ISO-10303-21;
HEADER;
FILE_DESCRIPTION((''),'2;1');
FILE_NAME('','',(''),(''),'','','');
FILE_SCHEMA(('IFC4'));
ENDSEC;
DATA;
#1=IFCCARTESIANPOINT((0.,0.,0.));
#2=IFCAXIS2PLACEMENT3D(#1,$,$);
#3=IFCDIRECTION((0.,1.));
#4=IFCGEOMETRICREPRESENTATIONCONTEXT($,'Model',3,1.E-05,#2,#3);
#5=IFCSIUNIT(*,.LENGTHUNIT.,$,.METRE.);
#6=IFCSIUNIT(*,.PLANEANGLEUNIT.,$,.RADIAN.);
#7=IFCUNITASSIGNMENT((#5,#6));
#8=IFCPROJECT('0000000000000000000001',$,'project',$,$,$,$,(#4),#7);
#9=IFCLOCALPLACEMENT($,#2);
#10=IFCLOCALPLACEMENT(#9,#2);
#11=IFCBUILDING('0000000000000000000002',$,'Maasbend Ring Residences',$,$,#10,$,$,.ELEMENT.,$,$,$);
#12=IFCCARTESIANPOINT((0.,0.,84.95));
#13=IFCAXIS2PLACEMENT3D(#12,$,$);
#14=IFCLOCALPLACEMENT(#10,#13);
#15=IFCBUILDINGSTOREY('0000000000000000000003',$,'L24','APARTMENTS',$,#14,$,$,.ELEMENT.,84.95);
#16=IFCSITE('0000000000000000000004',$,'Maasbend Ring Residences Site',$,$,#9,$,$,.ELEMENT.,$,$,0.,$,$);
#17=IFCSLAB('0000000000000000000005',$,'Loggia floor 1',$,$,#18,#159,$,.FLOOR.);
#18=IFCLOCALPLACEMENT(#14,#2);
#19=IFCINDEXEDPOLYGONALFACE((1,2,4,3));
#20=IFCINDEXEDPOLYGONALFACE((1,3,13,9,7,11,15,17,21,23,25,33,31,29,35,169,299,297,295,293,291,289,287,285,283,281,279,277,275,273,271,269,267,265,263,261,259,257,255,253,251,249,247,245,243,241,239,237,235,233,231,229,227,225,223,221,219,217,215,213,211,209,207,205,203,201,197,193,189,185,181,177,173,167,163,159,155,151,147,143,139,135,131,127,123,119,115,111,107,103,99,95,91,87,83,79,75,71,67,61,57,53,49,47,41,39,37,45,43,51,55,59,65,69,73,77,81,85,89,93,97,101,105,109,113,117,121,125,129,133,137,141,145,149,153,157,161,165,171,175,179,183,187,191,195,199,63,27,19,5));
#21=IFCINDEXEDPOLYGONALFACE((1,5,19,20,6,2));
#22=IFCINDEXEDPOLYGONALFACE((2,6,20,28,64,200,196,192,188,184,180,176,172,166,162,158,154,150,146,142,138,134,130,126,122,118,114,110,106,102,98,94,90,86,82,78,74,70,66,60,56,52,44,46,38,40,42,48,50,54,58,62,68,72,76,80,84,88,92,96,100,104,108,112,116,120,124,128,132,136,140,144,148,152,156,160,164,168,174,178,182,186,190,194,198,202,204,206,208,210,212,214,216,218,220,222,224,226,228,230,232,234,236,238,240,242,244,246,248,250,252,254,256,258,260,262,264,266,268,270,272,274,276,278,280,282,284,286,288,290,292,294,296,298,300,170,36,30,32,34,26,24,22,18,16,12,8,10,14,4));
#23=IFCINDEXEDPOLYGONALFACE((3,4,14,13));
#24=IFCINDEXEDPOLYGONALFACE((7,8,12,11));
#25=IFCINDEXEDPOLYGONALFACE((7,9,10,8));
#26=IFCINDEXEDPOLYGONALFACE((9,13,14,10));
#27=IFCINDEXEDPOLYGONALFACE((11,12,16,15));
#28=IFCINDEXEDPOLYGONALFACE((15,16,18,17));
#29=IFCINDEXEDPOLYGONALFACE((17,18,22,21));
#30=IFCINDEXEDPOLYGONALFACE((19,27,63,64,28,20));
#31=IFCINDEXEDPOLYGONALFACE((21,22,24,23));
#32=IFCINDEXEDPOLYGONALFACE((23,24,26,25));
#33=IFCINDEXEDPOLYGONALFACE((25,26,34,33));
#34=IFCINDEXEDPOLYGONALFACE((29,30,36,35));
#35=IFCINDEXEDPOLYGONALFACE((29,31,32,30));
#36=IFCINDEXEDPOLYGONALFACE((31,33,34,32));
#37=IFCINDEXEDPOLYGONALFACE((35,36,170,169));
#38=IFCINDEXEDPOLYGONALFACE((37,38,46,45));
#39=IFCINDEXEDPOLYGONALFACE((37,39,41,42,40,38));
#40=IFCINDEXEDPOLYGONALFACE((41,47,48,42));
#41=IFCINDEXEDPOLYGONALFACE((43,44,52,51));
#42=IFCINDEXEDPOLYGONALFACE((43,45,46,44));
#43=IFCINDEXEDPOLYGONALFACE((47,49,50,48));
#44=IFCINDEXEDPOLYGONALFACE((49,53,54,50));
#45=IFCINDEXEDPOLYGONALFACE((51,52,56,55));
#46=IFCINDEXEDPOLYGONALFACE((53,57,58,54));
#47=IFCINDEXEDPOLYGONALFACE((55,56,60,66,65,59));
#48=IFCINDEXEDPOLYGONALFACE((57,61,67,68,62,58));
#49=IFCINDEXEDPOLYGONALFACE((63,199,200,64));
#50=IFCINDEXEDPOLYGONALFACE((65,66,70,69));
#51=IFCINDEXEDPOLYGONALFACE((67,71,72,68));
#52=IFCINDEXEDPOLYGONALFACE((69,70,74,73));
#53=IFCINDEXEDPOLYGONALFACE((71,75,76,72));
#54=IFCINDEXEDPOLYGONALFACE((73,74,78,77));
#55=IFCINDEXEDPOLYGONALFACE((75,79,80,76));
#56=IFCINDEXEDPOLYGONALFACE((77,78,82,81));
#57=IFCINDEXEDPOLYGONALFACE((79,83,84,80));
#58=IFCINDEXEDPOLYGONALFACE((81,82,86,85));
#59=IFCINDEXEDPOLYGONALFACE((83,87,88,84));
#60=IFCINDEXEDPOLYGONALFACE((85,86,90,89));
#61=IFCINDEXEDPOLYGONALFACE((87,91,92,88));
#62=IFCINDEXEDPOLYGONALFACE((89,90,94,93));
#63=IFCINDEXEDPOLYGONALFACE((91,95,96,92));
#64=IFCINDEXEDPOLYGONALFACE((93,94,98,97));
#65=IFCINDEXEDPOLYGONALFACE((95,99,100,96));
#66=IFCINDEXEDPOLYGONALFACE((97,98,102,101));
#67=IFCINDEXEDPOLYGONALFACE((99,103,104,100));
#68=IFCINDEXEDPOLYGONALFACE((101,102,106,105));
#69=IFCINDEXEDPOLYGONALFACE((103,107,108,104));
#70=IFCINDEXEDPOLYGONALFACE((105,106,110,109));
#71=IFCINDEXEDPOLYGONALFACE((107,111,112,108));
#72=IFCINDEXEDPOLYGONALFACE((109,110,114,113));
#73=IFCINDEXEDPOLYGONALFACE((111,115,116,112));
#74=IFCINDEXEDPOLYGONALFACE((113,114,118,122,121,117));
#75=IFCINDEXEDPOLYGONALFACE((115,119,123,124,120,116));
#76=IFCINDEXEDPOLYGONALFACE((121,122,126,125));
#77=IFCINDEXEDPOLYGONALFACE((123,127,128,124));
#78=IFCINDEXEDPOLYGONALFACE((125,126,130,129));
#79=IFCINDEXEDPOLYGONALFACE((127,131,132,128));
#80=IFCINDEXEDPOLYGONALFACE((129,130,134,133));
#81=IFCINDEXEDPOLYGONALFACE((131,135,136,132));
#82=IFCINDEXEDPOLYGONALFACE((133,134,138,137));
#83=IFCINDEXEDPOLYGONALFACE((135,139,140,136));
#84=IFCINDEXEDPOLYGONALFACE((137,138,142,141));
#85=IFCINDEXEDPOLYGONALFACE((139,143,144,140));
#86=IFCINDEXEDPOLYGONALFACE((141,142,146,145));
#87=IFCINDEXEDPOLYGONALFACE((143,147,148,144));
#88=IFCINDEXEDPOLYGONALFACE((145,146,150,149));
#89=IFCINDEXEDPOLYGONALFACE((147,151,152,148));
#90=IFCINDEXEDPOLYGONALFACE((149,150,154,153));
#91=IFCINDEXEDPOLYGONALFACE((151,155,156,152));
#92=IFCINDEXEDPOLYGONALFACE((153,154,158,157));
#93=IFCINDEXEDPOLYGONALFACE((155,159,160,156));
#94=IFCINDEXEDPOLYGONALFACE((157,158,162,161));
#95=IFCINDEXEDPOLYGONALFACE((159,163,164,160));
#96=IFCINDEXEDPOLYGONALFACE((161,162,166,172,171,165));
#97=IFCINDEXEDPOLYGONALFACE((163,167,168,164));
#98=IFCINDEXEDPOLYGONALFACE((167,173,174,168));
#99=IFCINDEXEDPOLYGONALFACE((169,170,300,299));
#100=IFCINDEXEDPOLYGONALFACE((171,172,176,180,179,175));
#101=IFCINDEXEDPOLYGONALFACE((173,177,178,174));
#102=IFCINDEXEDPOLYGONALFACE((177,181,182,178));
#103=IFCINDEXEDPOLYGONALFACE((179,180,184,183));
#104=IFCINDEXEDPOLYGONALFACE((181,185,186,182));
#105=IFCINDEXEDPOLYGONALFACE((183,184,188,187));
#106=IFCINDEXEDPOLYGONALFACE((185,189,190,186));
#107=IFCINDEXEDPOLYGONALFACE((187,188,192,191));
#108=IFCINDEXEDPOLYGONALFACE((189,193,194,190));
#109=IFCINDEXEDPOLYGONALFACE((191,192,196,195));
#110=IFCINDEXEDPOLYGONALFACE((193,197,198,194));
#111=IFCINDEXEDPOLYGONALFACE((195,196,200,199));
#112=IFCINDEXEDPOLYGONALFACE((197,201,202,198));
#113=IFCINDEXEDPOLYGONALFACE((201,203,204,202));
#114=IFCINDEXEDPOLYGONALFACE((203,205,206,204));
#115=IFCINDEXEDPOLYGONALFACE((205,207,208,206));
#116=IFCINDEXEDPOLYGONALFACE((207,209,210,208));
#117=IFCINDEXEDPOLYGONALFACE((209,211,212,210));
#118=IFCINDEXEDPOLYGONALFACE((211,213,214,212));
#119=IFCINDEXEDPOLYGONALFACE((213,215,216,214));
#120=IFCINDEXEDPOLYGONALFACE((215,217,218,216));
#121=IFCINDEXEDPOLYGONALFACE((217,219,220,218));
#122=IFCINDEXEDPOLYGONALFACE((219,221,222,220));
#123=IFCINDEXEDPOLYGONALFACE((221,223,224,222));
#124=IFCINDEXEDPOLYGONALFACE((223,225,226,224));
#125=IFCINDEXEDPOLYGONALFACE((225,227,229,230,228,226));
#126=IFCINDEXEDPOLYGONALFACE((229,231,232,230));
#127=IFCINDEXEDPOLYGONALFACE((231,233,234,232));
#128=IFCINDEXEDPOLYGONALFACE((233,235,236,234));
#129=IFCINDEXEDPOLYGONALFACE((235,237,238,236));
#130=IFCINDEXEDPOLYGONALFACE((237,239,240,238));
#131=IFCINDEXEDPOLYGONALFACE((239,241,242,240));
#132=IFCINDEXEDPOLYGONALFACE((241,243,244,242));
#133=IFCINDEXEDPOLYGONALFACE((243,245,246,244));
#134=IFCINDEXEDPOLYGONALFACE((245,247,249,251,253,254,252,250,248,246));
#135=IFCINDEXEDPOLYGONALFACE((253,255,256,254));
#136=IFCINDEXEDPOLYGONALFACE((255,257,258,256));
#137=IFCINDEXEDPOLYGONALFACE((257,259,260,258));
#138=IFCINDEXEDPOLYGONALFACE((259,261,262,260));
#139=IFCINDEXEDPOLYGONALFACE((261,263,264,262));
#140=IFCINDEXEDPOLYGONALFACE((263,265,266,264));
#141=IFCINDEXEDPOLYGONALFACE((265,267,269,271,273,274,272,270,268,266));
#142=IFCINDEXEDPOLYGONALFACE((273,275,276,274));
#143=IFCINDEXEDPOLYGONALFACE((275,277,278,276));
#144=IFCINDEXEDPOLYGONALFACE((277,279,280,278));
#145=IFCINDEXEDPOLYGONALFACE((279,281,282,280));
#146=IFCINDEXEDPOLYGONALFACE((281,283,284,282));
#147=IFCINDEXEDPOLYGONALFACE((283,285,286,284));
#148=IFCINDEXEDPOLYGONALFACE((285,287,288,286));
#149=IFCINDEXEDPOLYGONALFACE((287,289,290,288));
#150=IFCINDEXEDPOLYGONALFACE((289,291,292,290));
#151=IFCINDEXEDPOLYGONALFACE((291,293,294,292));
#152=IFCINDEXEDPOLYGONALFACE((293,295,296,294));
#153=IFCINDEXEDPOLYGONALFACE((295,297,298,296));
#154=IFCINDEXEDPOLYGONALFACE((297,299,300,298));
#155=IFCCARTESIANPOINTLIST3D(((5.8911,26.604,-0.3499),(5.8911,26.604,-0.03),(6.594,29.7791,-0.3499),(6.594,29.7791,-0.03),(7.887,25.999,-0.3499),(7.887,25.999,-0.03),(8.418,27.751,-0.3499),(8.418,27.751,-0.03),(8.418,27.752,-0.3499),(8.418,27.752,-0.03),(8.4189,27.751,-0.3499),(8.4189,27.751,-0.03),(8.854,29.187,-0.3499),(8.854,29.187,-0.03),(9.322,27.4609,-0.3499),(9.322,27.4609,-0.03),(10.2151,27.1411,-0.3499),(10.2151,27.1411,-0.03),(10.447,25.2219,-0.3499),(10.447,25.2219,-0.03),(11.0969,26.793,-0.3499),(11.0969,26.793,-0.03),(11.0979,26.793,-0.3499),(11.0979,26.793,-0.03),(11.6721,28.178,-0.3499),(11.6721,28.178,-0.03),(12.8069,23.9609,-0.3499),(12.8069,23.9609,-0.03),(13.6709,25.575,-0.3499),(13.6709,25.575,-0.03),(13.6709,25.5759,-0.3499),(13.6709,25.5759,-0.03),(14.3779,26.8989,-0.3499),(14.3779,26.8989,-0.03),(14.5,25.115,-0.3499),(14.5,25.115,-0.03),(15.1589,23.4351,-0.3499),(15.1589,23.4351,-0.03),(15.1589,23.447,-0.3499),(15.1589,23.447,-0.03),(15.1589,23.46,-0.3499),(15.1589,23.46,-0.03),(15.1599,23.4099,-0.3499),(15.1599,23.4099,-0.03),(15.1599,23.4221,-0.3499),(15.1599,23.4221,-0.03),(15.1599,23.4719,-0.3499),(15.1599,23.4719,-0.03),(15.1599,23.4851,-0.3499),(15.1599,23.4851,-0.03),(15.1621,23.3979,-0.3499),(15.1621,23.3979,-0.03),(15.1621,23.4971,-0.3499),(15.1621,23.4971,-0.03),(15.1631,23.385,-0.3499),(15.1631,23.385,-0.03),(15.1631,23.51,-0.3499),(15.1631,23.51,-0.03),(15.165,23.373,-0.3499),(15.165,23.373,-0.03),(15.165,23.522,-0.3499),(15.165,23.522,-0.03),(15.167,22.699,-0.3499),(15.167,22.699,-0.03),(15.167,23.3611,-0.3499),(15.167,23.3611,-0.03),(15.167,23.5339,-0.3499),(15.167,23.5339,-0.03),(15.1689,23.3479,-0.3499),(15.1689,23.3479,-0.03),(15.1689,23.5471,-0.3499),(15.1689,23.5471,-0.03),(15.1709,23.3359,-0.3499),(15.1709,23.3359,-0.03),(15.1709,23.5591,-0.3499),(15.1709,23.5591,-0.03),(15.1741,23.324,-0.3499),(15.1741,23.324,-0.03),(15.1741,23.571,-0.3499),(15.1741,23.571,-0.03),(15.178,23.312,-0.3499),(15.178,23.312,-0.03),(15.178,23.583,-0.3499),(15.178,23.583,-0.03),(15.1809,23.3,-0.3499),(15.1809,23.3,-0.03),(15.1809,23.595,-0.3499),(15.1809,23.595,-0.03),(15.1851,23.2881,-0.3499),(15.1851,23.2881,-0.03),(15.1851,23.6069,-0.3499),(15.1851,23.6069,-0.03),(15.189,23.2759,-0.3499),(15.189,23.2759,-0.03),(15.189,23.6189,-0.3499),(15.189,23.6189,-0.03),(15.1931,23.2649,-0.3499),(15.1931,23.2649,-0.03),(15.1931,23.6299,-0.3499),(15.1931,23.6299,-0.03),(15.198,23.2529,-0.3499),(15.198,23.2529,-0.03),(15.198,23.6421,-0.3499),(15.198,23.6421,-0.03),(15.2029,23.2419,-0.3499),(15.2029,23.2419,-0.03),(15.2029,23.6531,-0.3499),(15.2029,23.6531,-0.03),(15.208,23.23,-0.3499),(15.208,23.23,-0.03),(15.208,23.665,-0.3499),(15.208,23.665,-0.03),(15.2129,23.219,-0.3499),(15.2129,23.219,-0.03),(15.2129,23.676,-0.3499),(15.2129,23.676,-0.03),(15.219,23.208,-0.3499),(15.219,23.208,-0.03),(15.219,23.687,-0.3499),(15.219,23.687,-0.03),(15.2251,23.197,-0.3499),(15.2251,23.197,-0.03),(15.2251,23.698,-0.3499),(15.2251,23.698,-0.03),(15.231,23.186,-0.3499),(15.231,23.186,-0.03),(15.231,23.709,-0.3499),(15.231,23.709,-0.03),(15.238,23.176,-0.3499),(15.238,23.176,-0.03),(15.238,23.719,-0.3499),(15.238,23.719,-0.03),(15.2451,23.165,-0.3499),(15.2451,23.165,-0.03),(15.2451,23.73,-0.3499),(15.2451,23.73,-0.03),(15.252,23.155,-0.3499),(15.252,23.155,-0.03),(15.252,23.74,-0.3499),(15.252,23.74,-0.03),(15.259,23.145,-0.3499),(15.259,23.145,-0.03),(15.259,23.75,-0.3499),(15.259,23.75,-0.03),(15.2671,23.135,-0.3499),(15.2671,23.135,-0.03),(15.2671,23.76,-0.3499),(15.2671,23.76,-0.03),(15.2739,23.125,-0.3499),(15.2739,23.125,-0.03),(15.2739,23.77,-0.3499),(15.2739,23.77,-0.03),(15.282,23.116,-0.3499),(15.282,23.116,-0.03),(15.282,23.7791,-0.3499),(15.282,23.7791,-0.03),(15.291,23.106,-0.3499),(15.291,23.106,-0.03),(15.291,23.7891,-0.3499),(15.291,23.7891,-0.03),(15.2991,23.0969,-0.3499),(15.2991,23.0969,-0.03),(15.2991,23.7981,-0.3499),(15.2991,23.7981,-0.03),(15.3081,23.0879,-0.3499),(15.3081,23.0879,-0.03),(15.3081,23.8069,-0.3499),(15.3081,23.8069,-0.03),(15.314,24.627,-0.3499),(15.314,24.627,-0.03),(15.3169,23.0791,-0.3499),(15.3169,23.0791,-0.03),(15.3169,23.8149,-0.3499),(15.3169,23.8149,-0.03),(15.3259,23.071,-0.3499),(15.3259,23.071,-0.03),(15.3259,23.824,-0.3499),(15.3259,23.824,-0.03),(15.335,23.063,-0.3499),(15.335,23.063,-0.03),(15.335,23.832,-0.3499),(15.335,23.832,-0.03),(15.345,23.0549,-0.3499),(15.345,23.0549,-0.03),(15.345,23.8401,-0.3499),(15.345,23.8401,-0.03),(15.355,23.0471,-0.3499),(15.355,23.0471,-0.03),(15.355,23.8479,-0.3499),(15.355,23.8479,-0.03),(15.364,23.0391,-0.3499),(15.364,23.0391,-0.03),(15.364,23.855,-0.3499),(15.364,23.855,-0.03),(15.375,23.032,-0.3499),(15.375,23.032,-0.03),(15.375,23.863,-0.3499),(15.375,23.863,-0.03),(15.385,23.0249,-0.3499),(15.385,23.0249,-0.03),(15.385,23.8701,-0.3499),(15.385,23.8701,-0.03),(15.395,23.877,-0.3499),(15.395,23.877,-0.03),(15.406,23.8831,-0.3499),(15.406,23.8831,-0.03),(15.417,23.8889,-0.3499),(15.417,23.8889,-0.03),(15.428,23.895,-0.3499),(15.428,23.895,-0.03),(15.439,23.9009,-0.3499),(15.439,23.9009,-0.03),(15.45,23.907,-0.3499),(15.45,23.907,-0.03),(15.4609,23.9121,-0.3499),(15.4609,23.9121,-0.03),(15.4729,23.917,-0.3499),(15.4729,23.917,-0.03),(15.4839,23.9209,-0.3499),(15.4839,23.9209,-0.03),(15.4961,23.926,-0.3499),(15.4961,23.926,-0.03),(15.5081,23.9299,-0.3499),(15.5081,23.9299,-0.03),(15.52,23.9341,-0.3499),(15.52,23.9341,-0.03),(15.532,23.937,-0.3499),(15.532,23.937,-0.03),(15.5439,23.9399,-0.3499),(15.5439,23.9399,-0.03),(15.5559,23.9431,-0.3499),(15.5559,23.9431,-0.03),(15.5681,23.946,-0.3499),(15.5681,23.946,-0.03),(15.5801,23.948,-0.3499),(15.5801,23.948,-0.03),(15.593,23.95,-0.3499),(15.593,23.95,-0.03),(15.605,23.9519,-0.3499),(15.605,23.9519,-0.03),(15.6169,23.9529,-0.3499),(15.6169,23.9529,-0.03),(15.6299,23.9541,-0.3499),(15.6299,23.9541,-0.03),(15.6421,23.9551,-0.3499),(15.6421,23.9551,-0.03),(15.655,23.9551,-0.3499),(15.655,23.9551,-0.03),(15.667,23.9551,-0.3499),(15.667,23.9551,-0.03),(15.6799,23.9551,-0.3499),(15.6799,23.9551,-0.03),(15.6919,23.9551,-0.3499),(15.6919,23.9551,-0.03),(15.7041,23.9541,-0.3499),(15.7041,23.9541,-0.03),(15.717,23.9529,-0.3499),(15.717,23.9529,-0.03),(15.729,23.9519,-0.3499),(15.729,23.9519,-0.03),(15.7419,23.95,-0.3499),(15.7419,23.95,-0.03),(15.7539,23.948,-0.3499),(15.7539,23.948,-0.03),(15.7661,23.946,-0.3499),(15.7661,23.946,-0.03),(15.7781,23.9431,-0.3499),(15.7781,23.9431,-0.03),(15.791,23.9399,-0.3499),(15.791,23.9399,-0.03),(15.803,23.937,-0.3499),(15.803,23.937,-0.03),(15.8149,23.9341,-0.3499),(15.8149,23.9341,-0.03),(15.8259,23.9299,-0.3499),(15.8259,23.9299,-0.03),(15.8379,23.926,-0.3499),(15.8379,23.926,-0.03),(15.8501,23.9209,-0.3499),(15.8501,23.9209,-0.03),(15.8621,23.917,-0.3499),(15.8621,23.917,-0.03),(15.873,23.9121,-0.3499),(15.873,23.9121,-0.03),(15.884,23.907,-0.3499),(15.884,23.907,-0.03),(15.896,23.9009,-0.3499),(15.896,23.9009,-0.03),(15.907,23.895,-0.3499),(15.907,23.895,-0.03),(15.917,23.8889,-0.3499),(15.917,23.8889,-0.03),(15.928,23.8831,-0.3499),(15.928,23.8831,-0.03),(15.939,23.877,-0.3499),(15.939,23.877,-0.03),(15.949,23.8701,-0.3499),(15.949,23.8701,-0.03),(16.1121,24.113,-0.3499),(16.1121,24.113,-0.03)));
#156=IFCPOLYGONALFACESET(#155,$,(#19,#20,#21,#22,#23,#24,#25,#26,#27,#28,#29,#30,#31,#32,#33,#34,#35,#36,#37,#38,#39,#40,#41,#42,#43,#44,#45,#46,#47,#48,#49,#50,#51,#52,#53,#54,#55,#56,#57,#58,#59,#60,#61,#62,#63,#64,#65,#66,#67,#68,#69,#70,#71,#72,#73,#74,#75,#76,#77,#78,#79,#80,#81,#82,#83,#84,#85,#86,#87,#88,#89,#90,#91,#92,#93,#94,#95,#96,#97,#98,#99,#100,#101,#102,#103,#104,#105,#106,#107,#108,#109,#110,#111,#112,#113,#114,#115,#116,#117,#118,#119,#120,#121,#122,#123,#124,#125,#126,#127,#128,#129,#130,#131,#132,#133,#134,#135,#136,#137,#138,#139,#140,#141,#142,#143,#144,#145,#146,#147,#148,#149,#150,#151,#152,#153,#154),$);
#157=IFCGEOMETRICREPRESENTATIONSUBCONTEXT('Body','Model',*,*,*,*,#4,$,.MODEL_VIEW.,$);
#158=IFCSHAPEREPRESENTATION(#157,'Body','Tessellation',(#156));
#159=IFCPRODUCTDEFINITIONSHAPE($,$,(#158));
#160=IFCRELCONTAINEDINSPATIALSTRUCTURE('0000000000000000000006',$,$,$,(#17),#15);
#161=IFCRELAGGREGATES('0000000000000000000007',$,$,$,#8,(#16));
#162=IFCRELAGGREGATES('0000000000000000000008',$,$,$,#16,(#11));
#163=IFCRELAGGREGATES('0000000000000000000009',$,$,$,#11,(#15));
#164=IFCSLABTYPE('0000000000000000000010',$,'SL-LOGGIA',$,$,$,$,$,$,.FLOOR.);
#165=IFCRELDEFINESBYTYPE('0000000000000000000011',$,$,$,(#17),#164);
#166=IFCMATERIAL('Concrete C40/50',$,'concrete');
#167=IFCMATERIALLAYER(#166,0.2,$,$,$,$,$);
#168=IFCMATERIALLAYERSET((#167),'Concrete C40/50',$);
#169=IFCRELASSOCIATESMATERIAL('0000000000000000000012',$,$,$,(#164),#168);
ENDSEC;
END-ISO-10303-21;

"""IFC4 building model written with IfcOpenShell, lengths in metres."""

from ifc_helpers import new_model, si_unit, direction, frame, origin, place, context, subcontext, project, spatial, polyline, outline, extrude, material, layer, layer_set, type_object, element, save


model = new_model("IFC4")

# Units and contexts
model_context = context("Model", 3, precision=1e-05, world=origin(), true_north=direction((0.0, 1.0)))
body_context = subcontext(model_context, "Body", "Model", "MODEL_VIEW")
ifc_project = project(units=[si_unit("LENGTHUNIT", "METRE"), si_unit("PLANEANGLEUNIT", "RADIAN")], contexts=[model_context])

# Site, building, storey
site_placement = place(None, origin())
site = spatial("IfcSite", under=ifc_project, at=site_placement, Name="Maasbend Ring Residences Site", CompositionType="ELEMENT", RefElevation=0.0)
building_placement = place(site_placement, origin())
building = spatial("IfcBuilding", under=site, at=building_placement, Name="Maasbend Ring Residences", CompositionType="ELEMENT")
storey_placement = place(building_placement, frame((0.0, 0.0, 84.95)))
storey = spatial("IfcBuildingStorey", under=building, at=storey_placement, Name="L24", Description="APARTMENTS", CompositionType="ELEMENT", Elevation=84.95)

# Slab
ifc_material_1 = material(Name="Concrete C40/50", Category="concrete")
ifc_layer_1 = layer(ifc_material_1, 0.2)
ifc_layer_set_1 = layer_set([ifc_layer_1], Name="Concrete C40/50")
slab_type_1 = type_object("IfcSlabType", Name="SL-LOGGIA", PredefinedType="FLOOR", material=ifc_layer_set_1)
slab_1_placement = place(storey_placement, frame((0.0, 0.0, -0.3499)))
element("IfcSlab", 1, at=slab_1_placement, inside=storey, type_object=slab_type_1, Name="Loggia floor 1", PredefinedType="FLOOR", context=body_context, shape_type="SweptSolid", body=[
    extrude(outline(polyline([(8.854, 29.187), (8.854, 29.187), (8.854, 29.187), (8.418, 27.752), (8.418, 27.752), (8.418, 27.752), (8.418, 27.752), (8.418, 27.752), (8.418, 27.752), (8.418, 27.751), (8.418, 27.751), (8.418, 27.751), (8.418, 27.751), (8.418, 27.751), (8.4189, 27.751), (8.4189, 27.751), (8.4189, 27.751), (8.4189, 27.751), (8.4189, 27.751), (8.4189, 27.751), (9.322, 27.4609), (9.322, 27.4609), (10.2151, 27.1411), (10.2151, 27.1411), (11.0969, 26.793), (11.0969, 26.793), (11.0969, 26.793), (11.0979, 26.793), (11.0979, 26.793), (11.0979, 26.793), (11.0979, 26.793), (11.0979, 26.793), (11.0979, 26.793), (11.0979, 26.793), (11.0979, 26.793), (11.0979, 26.793), (11.0979, 26.793), (11.0979, 26.793), (11.0979, 26.793), (11.0979, 26.793), (11.0979, 26.793), (11.6721, 28.178), (11.6721, 28.178), (11.6721, 28.178), (14.3779, 26.8989), (14.3779, 26.8989), (14.3779, 26.8989), (13.6709, 25.5759), (13.6709, 25.5759), (13.6709, 25.5759), (13.6709, 25.5759), (13.6709, 25.5759), (13.6709, 25.5759), (13.6709, 25.5759), (13.6709, 25.5759), (13.6709, 25.5759), (13.6709, 25.5759), (13.6709, 25.5759), (13.6709, 25.5759), (13.6709, 25.5759), (13.6709, 25.5759), (13.6709, 25.5759), (13.6709, 25.5759), (13.6709, 25.575), (14.5, 25.115), (14.5, 25.115), (15.314, 24.627), (15.314, 24.627), (16.1121, 24.113), (16.1121, 24.113), (16.1121, 24.113), (15.949, 23.8701), (15.939, 23.877), (15.928, 23.8831), (15.917, 23.8889), (15.907, 23.895), (15.896, 23.9009), (15.884, 23.907), (15.873, 23.9121), (15.8621, 23.917), (15.8501, 23.9209), (15.8379, 23.926), (15.8259, 23.9299), (15.8149, 23.9341), (15.803, 23.937), (15.791, 23.9399), (15.7781, 23.9431), (15.7661, 23.946), (15.7539, 23.948), (15.7419, 23.95), (15.729, 23.9519), (15.717, 23.9529), (15.7041, 23.9541), (15.6919, 23.9551), (15.6799, 23.9551), (15.667, 23.9551), (15.655, 23.9551), (15.6421, 23.9551), (15.6299, 23.9541), (15.6169, 23.9529), (15.605, 23.9519), (15.593, 23.95), (15.5801, 23.948), (15.5681, 23.946), (15.5559, 23.9431), (15.5439, 23.9399), (15.532, 23.937), (15.52, 23.9341), (15.5081, 23.9299), (15.4961, 23.926), (15.4839, 23.9209), (15.4729, 23.917), (15.4609, 23.9121), (15.45, 23.907), (15.439, 23.9009), (15.428, 23.895), (15.417, 23.8889), (15.406, 23.8831), (15.395, 23.877), (15.385, 23.8701), (15.375, 23.863), (15.364, 23.855), (15.355, 23.8479), (15.345, 23.8401), (15.335, 23.832), (15.3259, 23.824), (15.3169, 23.8149), (15.3081, 23.8069), (15.2991, 23.7981), (15.291, 23.7891), (15.282, 23.7791), (15.2739, 23.77), (15.2671, 23.76), (15.259, 23.75), (15.252, 23.74), (15.2451, 23.73), (15.238, 23.719), (15.231, 23.709), (15.2251, 23.698), (15.219, 23.687), (15.2129, 23.676), (15.208, 23.665), (15.2029, 23.6531), (15.198, 23.6421), (15.1931, 23.6299), (15.189, 23.6189), (15.1851, 23.6069), (15.1809, 23.595), (15.178, 23.583), (15.1741, 23.571), (15.1709, 23.5591), (15.1689, 23.5471), (15.167, 23.5339), (15.165, 23.522), (15.1631, 23.51), (15.1621, 23.4971), (15.1599, 23.4851), (15.1599, 23.4719), (15.1589, 23.46), (15.1589, 23.447), (15.1589, 23.4351), (15.1599, 23.4221), (15.1599, 23.4099), (15.1621, 23.3979), (15.1631, 23.385), (15.165, 23.373), (15.167, 23.3611), (15.1689, 23.3479), (15.1709, 23.3359), (15.1741, 23.324), (15.178, 23.312), (15.1809, 23.3), (15.1851, 23.2881), (15.189, 23.2759), (15.1931, 23.2649), (15.198, 23.2529), (15.2029, 23.2419), (15.208, 23.23), (15.2129, 23.219), (15.219, 23.208), (15.2251, 23.197), (15.231, 23.186), (15.238, 23.176), (15.2451, 23.165), (15.252, 23.155), (15.259, 23.145), (15.2671, 23.135), (15.2739, 23.125), (15.282, 23.116), (15.291, 23.106), (15.2991, 23.0969), (15.3081, 23.0879), (15.3169, 23.0791), (15.3259, 23.071), (15.335, 23.063), (15.345, 23.0549), (15.355, 23.0471), (15.364, 23.0391), (15.375, 23.032), (15.385, 23.0249), (15.167, 22.699), (15.167, 22.699), (15.167, 22.699), (12.8069, 23.9609), (10.447, 25.2219), (10.447, 25.2219), (10.447, 25.2219), (7.887, 25.999), (5.8911, 26.604), (5.8911, 26.604), (5.8911, 26.604), (6.594, 29.7791), (6.594, 29.7791), (6.594, 29.7791), (8.854, 29.187)])), origin(), (0.0, 0.0, 1.0), 0.3198),
])

save(model, "model.ifc")
